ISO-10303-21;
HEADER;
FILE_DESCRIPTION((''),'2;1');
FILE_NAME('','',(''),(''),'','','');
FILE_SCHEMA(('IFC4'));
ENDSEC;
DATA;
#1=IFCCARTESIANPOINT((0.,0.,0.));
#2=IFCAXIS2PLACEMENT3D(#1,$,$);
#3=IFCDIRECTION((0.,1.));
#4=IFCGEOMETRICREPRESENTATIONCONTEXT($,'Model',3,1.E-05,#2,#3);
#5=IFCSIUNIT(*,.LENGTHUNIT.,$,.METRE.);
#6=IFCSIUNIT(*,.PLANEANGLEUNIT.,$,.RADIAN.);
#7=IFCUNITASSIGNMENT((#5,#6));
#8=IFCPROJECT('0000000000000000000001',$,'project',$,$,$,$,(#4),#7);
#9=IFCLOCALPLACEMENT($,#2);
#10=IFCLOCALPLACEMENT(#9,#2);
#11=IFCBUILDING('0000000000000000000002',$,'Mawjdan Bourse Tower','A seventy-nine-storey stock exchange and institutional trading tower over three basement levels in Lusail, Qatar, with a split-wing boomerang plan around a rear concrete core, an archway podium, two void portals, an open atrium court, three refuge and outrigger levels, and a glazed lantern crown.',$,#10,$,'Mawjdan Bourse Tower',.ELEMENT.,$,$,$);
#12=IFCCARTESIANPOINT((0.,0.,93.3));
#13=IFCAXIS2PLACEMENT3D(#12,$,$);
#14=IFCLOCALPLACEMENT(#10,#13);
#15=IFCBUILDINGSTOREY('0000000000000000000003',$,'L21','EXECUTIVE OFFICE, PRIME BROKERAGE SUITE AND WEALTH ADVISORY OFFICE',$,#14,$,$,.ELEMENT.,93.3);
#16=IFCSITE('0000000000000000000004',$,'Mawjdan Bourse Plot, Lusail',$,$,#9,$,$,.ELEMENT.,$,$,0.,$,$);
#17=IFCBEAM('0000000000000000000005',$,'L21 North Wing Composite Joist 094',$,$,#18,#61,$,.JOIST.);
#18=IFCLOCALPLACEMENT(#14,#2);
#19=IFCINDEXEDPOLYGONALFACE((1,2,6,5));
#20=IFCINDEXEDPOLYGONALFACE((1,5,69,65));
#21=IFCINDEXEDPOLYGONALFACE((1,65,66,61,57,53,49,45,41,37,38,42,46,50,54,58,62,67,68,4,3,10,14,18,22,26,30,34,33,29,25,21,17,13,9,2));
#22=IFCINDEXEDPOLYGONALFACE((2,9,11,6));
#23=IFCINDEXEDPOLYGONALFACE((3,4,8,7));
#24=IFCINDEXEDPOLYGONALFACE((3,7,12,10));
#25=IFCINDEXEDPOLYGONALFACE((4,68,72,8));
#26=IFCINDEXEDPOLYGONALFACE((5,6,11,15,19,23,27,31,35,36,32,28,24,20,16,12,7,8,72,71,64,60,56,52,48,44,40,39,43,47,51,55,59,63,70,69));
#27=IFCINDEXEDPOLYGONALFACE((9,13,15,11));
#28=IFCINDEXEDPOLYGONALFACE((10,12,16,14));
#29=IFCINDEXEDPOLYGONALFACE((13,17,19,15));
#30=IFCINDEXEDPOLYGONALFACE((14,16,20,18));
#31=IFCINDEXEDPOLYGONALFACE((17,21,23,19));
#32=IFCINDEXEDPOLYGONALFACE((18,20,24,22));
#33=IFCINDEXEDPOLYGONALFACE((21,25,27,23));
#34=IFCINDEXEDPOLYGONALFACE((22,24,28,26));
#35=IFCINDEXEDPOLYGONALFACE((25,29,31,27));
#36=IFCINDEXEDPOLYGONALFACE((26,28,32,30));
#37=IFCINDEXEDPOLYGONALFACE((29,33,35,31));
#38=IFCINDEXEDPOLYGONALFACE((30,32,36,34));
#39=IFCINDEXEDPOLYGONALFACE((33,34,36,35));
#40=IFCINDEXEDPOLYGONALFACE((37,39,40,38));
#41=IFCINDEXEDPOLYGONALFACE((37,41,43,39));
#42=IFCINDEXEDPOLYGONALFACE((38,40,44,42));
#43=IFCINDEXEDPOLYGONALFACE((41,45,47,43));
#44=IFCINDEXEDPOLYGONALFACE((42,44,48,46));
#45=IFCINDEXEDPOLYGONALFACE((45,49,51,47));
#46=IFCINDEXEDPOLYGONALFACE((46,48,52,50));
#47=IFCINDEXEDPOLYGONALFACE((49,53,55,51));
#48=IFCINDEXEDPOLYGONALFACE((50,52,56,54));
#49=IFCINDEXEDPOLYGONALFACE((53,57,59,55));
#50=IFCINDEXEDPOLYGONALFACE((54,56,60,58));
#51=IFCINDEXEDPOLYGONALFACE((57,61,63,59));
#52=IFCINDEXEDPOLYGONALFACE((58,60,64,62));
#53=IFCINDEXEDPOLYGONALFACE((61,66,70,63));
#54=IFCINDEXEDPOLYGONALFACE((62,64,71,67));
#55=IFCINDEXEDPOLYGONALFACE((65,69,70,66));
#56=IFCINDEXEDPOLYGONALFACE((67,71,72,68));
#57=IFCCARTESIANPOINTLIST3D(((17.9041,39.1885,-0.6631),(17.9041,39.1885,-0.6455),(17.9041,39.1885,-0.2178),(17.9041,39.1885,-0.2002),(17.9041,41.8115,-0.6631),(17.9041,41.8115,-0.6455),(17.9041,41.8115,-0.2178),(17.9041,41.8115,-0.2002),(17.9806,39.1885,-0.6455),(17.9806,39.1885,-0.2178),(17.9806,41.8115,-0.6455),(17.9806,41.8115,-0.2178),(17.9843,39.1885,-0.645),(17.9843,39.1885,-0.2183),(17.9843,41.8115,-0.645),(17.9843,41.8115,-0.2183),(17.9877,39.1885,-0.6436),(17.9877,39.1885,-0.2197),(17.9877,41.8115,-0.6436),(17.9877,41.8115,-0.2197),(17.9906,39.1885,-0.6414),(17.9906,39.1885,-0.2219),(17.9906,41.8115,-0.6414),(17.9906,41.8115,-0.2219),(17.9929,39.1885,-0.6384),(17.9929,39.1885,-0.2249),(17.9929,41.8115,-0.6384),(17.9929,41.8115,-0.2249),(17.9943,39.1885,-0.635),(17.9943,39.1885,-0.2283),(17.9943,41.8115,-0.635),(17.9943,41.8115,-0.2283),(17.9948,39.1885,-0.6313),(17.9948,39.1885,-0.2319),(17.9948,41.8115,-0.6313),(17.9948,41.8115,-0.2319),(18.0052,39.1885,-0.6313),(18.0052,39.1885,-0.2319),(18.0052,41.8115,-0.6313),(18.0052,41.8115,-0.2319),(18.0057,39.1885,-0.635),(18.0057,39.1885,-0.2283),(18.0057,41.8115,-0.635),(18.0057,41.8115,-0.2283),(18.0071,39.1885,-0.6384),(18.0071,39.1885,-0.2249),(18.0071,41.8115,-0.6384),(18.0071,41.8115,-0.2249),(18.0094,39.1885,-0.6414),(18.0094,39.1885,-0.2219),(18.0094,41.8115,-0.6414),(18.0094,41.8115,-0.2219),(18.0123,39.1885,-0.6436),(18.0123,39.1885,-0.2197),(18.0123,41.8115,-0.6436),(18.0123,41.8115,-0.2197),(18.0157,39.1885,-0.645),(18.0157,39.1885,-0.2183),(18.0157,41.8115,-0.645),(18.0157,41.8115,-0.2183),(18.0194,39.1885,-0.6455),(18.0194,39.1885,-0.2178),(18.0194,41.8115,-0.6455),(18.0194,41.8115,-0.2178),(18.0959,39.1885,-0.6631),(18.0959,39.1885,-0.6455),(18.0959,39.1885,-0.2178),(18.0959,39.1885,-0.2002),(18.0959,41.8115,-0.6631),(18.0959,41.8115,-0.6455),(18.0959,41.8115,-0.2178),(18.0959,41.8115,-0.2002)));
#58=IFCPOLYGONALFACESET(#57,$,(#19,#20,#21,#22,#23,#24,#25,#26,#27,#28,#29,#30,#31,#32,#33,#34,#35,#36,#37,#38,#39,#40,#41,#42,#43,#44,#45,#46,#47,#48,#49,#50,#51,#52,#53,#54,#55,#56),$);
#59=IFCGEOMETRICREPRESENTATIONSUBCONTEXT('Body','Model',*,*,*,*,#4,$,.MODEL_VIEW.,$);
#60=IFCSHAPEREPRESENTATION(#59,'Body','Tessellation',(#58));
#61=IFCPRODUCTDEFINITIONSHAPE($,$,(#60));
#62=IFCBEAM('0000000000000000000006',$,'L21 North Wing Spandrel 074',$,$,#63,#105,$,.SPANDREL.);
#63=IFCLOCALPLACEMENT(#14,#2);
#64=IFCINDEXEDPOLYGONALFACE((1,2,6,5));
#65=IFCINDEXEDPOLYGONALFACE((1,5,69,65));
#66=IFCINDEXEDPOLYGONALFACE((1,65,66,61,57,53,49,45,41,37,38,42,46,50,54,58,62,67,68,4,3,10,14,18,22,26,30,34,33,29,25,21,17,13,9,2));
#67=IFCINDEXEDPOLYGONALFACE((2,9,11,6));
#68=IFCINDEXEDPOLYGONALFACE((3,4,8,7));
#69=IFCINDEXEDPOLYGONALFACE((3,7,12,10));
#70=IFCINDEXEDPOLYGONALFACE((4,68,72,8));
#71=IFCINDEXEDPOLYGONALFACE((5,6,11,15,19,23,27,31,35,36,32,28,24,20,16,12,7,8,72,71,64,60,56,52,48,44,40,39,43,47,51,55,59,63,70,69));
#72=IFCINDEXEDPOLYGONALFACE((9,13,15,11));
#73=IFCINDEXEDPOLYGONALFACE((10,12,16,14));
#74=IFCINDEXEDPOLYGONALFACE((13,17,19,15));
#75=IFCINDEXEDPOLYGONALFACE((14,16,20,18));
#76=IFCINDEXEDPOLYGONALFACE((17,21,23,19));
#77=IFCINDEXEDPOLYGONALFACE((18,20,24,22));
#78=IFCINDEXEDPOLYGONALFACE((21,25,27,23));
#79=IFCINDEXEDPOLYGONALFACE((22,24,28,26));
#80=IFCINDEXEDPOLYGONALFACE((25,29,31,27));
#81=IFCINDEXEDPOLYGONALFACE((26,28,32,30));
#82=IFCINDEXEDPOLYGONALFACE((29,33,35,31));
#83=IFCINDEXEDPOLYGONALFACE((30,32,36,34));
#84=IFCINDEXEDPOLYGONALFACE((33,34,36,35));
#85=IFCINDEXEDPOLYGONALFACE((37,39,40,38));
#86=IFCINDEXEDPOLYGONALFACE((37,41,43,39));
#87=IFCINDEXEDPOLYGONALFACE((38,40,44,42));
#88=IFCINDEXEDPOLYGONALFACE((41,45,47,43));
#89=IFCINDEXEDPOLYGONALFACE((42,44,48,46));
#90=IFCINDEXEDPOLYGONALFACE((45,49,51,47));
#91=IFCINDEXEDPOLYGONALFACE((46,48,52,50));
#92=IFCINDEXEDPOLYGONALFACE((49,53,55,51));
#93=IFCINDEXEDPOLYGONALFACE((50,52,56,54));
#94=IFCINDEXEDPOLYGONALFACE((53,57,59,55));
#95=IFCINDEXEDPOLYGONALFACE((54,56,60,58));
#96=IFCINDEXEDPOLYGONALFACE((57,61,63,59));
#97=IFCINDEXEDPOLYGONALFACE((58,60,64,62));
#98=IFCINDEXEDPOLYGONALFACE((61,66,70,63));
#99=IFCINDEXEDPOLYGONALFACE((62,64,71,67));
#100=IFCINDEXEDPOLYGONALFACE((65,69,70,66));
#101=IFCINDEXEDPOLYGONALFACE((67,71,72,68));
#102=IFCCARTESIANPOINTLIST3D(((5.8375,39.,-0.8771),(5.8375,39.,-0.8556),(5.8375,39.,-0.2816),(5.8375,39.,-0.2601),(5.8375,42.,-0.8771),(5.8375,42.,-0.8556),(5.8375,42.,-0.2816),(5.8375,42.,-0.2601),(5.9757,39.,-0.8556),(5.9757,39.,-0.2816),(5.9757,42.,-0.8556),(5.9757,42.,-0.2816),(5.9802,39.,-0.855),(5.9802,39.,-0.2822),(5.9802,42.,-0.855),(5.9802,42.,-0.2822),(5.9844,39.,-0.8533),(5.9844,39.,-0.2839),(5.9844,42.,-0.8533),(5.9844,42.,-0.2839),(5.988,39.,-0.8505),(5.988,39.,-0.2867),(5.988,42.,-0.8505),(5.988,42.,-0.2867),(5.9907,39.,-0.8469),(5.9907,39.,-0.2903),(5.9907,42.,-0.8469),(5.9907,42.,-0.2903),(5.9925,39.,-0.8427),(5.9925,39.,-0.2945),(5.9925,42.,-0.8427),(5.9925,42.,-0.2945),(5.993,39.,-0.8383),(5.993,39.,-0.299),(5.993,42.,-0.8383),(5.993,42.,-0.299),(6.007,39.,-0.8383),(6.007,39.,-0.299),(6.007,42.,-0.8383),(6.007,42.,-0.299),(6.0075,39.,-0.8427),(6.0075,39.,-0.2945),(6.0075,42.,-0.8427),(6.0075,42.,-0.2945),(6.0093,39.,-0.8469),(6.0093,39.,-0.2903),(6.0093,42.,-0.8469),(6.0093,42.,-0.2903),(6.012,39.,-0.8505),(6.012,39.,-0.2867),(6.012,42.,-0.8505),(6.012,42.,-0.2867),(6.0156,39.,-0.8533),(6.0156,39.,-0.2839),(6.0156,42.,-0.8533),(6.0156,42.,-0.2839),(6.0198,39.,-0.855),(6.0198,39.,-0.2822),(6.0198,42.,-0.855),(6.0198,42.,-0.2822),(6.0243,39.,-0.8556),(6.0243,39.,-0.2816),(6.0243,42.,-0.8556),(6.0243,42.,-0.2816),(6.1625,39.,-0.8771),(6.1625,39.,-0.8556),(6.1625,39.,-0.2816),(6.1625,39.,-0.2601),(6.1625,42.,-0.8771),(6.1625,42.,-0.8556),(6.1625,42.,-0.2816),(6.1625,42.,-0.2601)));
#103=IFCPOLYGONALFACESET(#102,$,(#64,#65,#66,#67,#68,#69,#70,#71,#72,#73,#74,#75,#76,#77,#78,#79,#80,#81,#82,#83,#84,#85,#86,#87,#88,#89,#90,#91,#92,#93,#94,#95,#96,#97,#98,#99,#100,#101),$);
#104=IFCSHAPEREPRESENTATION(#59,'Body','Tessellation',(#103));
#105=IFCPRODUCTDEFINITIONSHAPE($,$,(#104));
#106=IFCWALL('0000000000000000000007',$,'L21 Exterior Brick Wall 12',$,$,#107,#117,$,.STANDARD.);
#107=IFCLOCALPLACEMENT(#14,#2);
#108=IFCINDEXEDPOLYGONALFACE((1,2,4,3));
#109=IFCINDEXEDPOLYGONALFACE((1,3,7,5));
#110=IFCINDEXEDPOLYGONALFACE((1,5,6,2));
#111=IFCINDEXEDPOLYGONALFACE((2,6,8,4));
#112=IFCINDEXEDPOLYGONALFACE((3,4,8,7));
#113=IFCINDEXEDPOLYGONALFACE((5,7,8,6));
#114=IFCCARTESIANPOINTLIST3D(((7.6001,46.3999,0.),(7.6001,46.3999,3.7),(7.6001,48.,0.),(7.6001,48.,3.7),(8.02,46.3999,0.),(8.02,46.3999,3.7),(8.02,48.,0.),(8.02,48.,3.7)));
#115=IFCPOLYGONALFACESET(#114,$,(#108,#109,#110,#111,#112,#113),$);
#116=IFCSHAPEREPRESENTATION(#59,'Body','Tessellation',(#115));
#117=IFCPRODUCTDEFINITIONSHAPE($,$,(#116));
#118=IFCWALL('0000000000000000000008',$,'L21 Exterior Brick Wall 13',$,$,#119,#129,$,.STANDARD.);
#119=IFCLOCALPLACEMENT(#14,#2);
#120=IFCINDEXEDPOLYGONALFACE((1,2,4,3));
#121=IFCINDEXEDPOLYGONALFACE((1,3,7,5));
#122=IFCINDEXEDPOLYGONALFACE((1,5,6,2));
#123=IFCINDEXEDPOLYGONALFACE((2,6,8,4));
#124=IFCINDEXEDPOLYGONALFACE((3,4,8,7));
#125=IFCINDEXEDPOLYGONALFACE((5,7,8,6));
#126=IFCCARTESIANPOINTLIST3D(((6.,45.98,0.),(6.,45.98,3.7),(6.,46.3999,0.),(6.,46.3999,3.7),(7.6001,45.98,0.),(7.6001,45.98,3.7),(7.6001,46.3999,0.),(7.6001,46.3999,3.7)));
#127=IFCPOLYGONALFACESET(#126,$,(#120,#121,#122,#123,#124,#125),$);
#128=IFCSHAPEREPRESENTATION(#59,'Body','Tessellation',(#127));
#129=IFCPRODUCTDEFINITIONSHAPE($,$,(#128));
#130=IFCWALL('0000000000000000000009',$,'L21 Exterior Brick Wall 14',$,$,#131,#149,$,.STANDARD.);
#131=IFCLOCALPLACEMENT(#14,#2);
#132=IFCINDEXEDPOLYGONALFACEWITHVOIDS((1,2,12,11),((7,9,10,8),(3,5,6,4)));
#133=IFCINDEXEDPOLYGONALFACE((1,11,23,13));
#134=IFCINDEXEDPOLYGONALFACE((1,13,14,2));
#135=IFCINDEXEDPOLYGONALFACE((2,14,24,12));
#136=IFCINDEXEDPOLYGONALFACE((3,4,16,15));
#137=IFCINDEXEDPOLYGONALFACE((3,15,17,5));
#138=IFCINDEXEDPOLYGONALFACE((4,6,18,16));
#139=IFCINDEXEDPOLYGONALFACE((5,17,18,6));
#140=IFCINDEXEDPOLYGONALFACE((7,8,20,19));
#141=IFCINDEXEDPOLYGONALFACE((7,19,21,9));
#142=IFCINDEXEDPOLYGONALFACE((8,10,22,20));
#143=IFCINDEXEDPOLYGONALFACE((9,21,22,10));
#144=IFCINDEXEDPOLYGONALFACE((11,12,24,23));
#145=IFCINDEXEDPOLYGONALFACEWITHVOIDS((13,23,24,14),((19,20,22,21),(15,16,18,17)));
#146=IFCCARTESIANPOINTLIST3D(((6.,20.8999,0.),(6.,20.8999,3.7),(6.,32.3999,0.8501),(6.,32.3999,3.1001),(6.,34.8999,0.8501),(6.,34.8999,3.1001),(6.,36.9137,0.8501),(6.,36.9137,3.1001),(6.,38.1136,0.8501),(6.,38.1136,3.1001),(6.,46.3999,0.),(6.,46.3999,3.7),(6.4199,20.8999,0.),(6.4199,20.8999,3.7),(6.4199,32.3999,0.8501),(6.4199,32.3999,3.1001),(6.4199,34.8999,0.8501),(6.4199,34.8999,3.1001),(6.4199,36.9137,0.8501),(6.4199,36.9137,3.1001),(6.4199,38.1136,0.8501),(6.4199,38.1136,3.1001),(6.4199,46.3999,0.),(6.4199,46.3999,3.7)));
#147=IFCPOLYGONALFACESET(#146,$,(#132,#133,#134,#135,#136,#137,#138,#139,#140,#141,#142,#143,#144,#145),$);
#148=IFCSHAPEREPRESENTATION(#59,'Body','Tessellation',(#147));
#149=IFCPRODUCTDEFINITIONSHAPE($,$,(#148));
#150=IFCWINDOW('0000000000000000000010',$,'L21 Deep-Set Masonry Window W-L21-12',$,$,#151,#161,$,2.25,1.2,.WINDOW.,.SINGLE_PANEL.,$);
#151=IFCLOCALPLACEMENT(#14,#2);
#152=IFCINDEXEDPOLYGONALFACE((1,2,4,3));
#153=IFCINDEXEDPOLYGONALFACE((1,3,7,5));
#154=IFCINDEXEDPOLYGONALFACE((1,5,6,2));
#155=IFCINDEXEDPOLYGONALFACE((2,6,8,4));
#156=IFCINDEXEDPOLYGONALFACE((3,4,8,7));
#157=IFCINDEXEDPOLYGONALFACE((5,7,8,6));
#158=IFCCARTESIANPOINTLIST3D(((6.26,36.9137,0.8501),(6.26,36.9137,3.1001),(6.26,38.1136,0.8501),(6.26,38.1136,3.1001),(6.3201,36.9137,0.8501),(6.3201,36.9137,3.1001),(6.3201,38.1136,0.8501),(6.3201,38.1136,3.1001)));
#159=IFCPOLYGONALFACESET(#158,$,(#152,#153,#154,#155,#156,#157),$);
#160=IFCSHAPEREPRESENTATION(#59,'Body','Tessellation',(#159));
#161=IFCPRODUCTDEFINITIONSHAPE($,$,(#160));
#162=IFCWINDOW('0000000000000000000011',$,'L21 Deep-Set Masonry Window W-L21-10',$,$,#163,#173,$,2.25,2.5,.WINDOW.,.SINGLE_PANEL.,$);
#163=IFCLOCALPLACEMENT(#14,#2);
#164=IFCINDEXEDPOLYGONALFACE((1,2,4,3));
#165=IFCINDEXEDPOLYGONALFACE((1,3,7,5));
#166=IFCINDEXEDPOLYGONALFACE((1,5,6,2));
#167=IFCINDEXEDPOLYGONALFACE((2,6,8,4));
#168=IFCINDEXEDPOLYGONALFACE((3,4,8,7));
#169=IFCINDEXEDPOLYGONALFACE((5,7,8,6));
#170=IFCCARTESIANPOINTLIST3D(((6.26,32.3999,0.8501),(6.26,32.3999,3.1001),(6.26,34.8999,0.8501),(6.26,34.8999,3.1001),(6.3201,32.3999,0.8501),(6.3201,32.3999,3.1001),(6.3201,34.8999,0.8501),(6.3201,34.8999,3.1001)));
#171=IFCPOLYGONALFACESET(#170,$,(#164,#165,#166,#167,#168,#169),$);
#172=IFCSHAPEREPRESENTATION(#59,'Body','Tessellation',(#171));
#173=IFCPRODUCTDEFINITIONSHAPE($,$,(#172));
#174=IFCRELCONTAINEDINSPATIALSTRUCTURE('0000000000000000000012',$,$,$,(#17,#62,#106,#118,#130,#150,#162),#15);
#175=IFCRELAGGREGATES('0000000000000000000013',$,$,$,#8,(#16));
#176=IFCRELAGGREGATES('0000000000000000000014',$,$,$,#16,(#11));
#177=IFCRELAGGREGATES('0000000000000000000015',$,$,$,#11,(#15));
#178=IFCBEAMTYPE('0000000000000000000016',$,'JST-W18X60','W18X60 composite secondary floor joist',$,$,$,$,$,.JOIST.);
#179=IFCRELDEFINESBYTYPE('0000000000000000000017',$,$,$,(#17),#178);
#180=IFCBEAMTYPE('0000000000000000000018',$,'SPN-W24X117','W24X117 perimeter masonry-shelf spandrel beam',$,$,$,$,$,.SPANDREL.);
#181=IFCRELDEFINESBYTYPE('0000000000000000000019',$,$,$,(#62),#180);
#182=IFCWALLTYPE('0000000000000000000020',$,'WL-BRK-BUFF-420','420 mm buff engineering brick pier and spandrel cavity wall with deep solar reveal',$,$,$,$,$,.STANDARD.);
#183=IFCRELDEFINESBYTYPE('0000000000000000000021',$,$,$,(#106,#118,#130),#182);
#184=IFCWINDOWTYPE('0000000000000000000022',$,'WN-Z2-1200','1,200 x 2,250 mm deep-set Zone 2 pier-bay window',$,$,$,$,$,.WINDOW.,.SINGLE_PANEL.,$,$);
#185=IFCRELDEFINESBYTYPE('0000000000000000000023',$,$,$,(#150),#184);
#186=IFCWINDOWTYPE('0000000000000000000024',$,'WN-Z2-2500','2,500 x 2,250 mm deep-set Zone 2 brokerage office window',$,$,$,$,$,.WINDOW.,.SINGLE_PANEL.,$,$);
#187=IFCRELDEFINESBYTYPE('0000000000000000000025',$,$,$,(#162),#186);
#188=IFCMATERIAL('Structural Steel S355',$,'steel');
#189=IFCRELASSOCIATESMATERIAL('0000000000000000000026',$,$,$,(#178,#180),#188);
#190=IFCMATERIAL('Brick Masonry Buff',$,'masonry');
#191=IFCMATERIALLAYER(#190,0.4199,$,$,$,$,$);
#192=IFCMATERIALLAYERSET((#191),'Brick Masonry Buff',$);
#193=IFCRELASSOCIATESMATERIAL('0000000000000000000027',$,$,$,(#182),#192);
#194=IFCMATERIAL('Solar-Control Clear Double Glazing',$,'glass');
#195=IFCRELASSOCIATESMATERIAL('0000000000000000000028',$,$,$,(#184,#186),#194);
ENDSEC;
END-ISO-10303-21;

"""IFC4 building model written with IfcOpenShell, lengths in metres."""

from ifc_helpers import new_model, si_unit, direction, frame, frame_2d, origin, origin_2d, place, context, subcontext, project, spatial, rectangle, i_section, extrude, material, layer, layer_set, material_profile, profile_set, type_object, element, fill, save


model = new_model("IFC4")

# Units and contexts
model_context = context("Model", 3, precision=1e-05, world=origin(), true_north=direction((0.0, 1.0)))
body_context = subcontext(model_context, "Body", "Model", "MODEL_VIEW")
ifc_project = project(units=[si_unit("LENGTHUNIT", "METRE"), si_unit("PLANEANGLEUNIT", "RADIAN")], contexts=[model_context])

# Site, building, storey
site_placement = place(None, origin())
site = spatial("IfcSite", under=ifc_project, at=site_placement, Name="Mawjdan Bourse Plot, Lusail", CompositionType="ELEMENT", RefElevation=0.0)
building_placement = place(site_placement, origin())
building = spatial("IfcBuilding", under=site, at=building_placement, Name="Mawjdan Bourse Tower", Description="A seventy-nine-storey stock exchange and institutional trading tower over three basement levels in Lusail, Qatar, with a split-wing boomerang plan around a rear concrete core, an archway podium, two void portals, an open atrium court, three refuge and outrigger levels, and a glazed lantern crown.", LongName="Mawjdan Bourse Tower", CompositionType="ELEMENT")
storey_placement = place(building_placement, frame((0.0, 0.0, 93.3)))
storey = spatial("IfcBuildingStorey", under=building, at=storey_placement, Name="L21", Description="EXECUTIVE OFFICE, PRIME BROKERAGE SUITE AND WEALTH ADVISORY OFFICE", CompositionType="ELEMENT", Elevation=93.3)

# Beams
ifc_material_1 = material(Name="Structural Steel S355", Category="steel")
ifc_material_profile_1 = material_profile(ifc_material_1, i_section(OverallWidth=0.1919, OverallDepth=0.4629, WebThickness=0.0105, FlangeThickness=0.0176, FilletRadius=0.0142, at=origin_2d()), Name="W18X60")
ifc_profile_set_1 = profile_set([ifc_material_profile_1], Name="Structural Steel S355")
beam_type_1 = type_object("IfcBeamType", Name="JST-W18X60", Description="W18X60 composite secondary floor joist", PredefinedType="JOIST", material=ifc_profile_set_1)
for number, where, z_axis, x_axis, name in (
    (1, (18.0, 39.1885, -0.4316), (0.0, 1.0, 0.0), (-1.0, 0.0, 0.0), "L21 North Wing Composite Joist 094"),
):
    element("IfcBeam", number, at=place(storey_placement, frame(where, z_axis=z_axis, x_axis=x_axis)), inside=storey, type_object=beam_type_1, Name=name, PredefinedType="JOIST", context=body_context, shape_type="SweptSolid", body=[
        extrude(i_section(OverallWidth=0.1919, OverallDepth=0.4629, WebThickness=0.0105, FlangeThickness=0.0176, FilletRadius=0.0142, at=origin_2d()), origin(), (0.0, 0.0, 1.0), 2.623),
    ])
ifc_material_profile_2 = material_profile(ifc_material_1, i_section(OverallWidth=0.325, OverallDepth=0.6169, WebThickness=0.0139, FlangeThickness=0.0215, FilletRadius=0.0173, at=origin_2d()), Name="W24X117")
ifc_profile_set_2 = profile_set([ifc_material_profile_2], Name="Structural Steel S355")
beam_type_2 = type_object("IfcBeamType", Name="SPN-W24X117", Description="W24X117 perimeter masonry-shelf spandrel beam", PredefinedType="SPANDREL", material=ifc_profile_set_2)
beam_placement = place(storey_placement, frame((6.0, 39.0, -0.5686), z_axis=(0.0, 1.0, 0.0), x_axis=(-1.0, 0.0, 0.0)))
element("IfcBeam", 2, at=beam_placement, inside=storey, type_object=beam_type_2, Name="L21 North Wing Spandrel 074", PredefinedType="SPANDREL", context=body_context, shape_type="SweptSolid", body=[
    extrude(i_section(OverallWidth=0.325, OverallDepth=0.6169, WebThickness=0.0139, FlangeThickness=0.0215, FilletRadius=0.0173, at=origin_2d()), origin(), (0.0, 0.0, 1.0), 3.0),
])

# Walls
ifc_material_2 = material(Name="Brick Masonry Buff", Category="masonry")
ifc_layer_1 = layer(ifc_material_2, 0.4199)
ifc_layer_set_1 = layer_set([ifc_layer_1], Name="Brick Masonry Buff")
wall_type_1 = type_object("IfcWallType", Name="WL-BRK-BUFF-420", Description="420 mm buff engineering brick pier and spandrel cavity wall with deep solar reveal", PredefinedType="STANDARD", material=ifc_layer_set_1)
for number, where, z_axis, x_axis, name in (
    (3, (7.8101, 48.0, 0.0), (0.0, 0.0, 1.0), (0.0, -1.0, 0.0), "L21 Exterior Brick Wall 12"),
    (4, (7.6001, 46.1899, 0.0), (0.0, 0.0, 1.0), (-1.0, 0.0, 0.0), "L21 Exterior Brick Wall 13"),
):
    element("IfcWall", number, at=place(storey_placement, frame(where, z_axis=z_axis, x_axis=x_axis)), inside=storey, type_object=wall_type_1, Name=name, PredefinedType="STANDARD", context=body_context, shape_type="SweptSolid", body=[
        extrude(rectangle(XDim=1.6001, YDim=0.4199, at=frame_2d((0.8, 0.0))), origin(), (0.0, 0.0, 1.0), 3.7),
    ])

# Wall, openings, windows
wall_1_placement = place(storey_placement, frame((6.21, 46.3999, 0.0), z_axis=(0.0, 0.0, 1.0), x_axis=(0.0, -1.0, 0.0)))
wall_1 = element("IfcWall", 5, at=wall_1_placement, inside=storey, type_object=wall_type_1, Name="L21 Exterior Brick Wall 14", PredefinedType="STANDARD", context=body_context, shape_type="SweptSolid", body=[
    extrude(rectangle(XDim=25.5, YDim=0.4199, at=frame_2d((12.75, 0.0))), origin(), (0.0, 0.0, 1.0), 3.7),
])
opening_1_placement = place(wall_1_placement, frame((11.5, 0.0, 0.8501)))
opening_1 = element("IfcOpeningElement", 6, at=opening_1_placement, cuts=wall_1, PredefinedType="OPENING", context=body_context, shape_type="SweptSolid", body=[
    extrude(rectangle(XDim=2.5, YDim=2.25, at=frame_2d((1.25, 1.125))), frame((0.0, 0.22, 0.0), z_axis=(0.0, -1.0, 0.0), x_axis=(1.0, 0.0, 0.0)), (0.0, 0.0, 1.0), 0.4399),
])
opening_2_placement = place(wall_1_placement, frame((8.2861, 0.0, 0.8501)))
opening_2 = element("IfcOpeningElement", 7, at=opening_2_placement, cuts=wall_1, PredefinedType="OPENING", context=body_context, shape_type="SweptSolid", body=[
    extrude(rectangle(XDim=1.2, YDim=2.25, at=frame_2d((0.6001, 1.125))), frame((0.0, 0.22, 0.0), z_axis=(0.0, -1.0, 0.0), x_axis=(1.0, 0.0, 0.0)), (0.0, 0.0, 1.0), 0.4399),
])
ifc_material_3 = material(Name="Solar-Control Clear Double Glazing", Category="glass")
window_type_1 = type_object("IfcWindowType", Name="WN-Z2-1200", Description="1,200 x 2,250 mm deep-set Zone 2 pier-bay window", PartitioningType="SINGLE_PANEL", PredefinedType="WINDOW", material=ifc_material_3)
window_1_placement = place(opening_2_placement, origin())
window_1 = element("IfcWindow", 8, at=window_1_placement, inside=storey, type_object=window_type_1, Name="L21 Deep-Set Masonry Window W-L21-12", OverallHeight=2.25, OverallWidth=1.2, PartitioningType="SINGLE_PANEL", PredefinedType="WINDOW", context=body_context, shape_type="SweptSolid", body=[
    extrude(rectangle(XDim=1.2, YDim=2.25, at=frame_2d((0.6001, 1.125))), frame((0.0, 0.1101, 0.0), z_axis=(0.0, -1.0, 0.0), x_axis=(1.0, 0.0, 0.0)), (0.0, 0.0, 1.0), 0.0601),
])
fill(opening_2, window_1)
window_type_2 = type_object("IfcWindowType", Name="WN-Z2-2500", Description="2,500 x 2,250 mm deep-set Zone 2 brokerage office window", PartitioningType="SINGLE_PANEL", PredefinedType="WINDOW", material=ifc_material_3)
window_2_placement = place(opening_1_placement, origin())
window_2 = element("IfcWindow", 9, at=window_2_placement, inside=storey, type_object=window_type_2, Name="L21 Deep-Set Masonry Window W-L21-10", OverallHeight=2.25, OverallWidth=2.5, PartitioningType="SINGLE_PANEL", PredefinedType="WINDOW", context=body_context, shape_type="SweptSolid", body=[
    extrude(rectangle(XDim=2.5, YDim=2.25, at=frame_2d((1.25, 1.125))), frame((0.0, 0.1101, 0.0), z_axis=(0.0, -1.0, 0.0), x_axis=(1.0, 0.0, 0.0)), (0.0, 0.0, 1.0), 0.0601),
])
fill(opening_1, window_2)

save(model, "model.ifc")
